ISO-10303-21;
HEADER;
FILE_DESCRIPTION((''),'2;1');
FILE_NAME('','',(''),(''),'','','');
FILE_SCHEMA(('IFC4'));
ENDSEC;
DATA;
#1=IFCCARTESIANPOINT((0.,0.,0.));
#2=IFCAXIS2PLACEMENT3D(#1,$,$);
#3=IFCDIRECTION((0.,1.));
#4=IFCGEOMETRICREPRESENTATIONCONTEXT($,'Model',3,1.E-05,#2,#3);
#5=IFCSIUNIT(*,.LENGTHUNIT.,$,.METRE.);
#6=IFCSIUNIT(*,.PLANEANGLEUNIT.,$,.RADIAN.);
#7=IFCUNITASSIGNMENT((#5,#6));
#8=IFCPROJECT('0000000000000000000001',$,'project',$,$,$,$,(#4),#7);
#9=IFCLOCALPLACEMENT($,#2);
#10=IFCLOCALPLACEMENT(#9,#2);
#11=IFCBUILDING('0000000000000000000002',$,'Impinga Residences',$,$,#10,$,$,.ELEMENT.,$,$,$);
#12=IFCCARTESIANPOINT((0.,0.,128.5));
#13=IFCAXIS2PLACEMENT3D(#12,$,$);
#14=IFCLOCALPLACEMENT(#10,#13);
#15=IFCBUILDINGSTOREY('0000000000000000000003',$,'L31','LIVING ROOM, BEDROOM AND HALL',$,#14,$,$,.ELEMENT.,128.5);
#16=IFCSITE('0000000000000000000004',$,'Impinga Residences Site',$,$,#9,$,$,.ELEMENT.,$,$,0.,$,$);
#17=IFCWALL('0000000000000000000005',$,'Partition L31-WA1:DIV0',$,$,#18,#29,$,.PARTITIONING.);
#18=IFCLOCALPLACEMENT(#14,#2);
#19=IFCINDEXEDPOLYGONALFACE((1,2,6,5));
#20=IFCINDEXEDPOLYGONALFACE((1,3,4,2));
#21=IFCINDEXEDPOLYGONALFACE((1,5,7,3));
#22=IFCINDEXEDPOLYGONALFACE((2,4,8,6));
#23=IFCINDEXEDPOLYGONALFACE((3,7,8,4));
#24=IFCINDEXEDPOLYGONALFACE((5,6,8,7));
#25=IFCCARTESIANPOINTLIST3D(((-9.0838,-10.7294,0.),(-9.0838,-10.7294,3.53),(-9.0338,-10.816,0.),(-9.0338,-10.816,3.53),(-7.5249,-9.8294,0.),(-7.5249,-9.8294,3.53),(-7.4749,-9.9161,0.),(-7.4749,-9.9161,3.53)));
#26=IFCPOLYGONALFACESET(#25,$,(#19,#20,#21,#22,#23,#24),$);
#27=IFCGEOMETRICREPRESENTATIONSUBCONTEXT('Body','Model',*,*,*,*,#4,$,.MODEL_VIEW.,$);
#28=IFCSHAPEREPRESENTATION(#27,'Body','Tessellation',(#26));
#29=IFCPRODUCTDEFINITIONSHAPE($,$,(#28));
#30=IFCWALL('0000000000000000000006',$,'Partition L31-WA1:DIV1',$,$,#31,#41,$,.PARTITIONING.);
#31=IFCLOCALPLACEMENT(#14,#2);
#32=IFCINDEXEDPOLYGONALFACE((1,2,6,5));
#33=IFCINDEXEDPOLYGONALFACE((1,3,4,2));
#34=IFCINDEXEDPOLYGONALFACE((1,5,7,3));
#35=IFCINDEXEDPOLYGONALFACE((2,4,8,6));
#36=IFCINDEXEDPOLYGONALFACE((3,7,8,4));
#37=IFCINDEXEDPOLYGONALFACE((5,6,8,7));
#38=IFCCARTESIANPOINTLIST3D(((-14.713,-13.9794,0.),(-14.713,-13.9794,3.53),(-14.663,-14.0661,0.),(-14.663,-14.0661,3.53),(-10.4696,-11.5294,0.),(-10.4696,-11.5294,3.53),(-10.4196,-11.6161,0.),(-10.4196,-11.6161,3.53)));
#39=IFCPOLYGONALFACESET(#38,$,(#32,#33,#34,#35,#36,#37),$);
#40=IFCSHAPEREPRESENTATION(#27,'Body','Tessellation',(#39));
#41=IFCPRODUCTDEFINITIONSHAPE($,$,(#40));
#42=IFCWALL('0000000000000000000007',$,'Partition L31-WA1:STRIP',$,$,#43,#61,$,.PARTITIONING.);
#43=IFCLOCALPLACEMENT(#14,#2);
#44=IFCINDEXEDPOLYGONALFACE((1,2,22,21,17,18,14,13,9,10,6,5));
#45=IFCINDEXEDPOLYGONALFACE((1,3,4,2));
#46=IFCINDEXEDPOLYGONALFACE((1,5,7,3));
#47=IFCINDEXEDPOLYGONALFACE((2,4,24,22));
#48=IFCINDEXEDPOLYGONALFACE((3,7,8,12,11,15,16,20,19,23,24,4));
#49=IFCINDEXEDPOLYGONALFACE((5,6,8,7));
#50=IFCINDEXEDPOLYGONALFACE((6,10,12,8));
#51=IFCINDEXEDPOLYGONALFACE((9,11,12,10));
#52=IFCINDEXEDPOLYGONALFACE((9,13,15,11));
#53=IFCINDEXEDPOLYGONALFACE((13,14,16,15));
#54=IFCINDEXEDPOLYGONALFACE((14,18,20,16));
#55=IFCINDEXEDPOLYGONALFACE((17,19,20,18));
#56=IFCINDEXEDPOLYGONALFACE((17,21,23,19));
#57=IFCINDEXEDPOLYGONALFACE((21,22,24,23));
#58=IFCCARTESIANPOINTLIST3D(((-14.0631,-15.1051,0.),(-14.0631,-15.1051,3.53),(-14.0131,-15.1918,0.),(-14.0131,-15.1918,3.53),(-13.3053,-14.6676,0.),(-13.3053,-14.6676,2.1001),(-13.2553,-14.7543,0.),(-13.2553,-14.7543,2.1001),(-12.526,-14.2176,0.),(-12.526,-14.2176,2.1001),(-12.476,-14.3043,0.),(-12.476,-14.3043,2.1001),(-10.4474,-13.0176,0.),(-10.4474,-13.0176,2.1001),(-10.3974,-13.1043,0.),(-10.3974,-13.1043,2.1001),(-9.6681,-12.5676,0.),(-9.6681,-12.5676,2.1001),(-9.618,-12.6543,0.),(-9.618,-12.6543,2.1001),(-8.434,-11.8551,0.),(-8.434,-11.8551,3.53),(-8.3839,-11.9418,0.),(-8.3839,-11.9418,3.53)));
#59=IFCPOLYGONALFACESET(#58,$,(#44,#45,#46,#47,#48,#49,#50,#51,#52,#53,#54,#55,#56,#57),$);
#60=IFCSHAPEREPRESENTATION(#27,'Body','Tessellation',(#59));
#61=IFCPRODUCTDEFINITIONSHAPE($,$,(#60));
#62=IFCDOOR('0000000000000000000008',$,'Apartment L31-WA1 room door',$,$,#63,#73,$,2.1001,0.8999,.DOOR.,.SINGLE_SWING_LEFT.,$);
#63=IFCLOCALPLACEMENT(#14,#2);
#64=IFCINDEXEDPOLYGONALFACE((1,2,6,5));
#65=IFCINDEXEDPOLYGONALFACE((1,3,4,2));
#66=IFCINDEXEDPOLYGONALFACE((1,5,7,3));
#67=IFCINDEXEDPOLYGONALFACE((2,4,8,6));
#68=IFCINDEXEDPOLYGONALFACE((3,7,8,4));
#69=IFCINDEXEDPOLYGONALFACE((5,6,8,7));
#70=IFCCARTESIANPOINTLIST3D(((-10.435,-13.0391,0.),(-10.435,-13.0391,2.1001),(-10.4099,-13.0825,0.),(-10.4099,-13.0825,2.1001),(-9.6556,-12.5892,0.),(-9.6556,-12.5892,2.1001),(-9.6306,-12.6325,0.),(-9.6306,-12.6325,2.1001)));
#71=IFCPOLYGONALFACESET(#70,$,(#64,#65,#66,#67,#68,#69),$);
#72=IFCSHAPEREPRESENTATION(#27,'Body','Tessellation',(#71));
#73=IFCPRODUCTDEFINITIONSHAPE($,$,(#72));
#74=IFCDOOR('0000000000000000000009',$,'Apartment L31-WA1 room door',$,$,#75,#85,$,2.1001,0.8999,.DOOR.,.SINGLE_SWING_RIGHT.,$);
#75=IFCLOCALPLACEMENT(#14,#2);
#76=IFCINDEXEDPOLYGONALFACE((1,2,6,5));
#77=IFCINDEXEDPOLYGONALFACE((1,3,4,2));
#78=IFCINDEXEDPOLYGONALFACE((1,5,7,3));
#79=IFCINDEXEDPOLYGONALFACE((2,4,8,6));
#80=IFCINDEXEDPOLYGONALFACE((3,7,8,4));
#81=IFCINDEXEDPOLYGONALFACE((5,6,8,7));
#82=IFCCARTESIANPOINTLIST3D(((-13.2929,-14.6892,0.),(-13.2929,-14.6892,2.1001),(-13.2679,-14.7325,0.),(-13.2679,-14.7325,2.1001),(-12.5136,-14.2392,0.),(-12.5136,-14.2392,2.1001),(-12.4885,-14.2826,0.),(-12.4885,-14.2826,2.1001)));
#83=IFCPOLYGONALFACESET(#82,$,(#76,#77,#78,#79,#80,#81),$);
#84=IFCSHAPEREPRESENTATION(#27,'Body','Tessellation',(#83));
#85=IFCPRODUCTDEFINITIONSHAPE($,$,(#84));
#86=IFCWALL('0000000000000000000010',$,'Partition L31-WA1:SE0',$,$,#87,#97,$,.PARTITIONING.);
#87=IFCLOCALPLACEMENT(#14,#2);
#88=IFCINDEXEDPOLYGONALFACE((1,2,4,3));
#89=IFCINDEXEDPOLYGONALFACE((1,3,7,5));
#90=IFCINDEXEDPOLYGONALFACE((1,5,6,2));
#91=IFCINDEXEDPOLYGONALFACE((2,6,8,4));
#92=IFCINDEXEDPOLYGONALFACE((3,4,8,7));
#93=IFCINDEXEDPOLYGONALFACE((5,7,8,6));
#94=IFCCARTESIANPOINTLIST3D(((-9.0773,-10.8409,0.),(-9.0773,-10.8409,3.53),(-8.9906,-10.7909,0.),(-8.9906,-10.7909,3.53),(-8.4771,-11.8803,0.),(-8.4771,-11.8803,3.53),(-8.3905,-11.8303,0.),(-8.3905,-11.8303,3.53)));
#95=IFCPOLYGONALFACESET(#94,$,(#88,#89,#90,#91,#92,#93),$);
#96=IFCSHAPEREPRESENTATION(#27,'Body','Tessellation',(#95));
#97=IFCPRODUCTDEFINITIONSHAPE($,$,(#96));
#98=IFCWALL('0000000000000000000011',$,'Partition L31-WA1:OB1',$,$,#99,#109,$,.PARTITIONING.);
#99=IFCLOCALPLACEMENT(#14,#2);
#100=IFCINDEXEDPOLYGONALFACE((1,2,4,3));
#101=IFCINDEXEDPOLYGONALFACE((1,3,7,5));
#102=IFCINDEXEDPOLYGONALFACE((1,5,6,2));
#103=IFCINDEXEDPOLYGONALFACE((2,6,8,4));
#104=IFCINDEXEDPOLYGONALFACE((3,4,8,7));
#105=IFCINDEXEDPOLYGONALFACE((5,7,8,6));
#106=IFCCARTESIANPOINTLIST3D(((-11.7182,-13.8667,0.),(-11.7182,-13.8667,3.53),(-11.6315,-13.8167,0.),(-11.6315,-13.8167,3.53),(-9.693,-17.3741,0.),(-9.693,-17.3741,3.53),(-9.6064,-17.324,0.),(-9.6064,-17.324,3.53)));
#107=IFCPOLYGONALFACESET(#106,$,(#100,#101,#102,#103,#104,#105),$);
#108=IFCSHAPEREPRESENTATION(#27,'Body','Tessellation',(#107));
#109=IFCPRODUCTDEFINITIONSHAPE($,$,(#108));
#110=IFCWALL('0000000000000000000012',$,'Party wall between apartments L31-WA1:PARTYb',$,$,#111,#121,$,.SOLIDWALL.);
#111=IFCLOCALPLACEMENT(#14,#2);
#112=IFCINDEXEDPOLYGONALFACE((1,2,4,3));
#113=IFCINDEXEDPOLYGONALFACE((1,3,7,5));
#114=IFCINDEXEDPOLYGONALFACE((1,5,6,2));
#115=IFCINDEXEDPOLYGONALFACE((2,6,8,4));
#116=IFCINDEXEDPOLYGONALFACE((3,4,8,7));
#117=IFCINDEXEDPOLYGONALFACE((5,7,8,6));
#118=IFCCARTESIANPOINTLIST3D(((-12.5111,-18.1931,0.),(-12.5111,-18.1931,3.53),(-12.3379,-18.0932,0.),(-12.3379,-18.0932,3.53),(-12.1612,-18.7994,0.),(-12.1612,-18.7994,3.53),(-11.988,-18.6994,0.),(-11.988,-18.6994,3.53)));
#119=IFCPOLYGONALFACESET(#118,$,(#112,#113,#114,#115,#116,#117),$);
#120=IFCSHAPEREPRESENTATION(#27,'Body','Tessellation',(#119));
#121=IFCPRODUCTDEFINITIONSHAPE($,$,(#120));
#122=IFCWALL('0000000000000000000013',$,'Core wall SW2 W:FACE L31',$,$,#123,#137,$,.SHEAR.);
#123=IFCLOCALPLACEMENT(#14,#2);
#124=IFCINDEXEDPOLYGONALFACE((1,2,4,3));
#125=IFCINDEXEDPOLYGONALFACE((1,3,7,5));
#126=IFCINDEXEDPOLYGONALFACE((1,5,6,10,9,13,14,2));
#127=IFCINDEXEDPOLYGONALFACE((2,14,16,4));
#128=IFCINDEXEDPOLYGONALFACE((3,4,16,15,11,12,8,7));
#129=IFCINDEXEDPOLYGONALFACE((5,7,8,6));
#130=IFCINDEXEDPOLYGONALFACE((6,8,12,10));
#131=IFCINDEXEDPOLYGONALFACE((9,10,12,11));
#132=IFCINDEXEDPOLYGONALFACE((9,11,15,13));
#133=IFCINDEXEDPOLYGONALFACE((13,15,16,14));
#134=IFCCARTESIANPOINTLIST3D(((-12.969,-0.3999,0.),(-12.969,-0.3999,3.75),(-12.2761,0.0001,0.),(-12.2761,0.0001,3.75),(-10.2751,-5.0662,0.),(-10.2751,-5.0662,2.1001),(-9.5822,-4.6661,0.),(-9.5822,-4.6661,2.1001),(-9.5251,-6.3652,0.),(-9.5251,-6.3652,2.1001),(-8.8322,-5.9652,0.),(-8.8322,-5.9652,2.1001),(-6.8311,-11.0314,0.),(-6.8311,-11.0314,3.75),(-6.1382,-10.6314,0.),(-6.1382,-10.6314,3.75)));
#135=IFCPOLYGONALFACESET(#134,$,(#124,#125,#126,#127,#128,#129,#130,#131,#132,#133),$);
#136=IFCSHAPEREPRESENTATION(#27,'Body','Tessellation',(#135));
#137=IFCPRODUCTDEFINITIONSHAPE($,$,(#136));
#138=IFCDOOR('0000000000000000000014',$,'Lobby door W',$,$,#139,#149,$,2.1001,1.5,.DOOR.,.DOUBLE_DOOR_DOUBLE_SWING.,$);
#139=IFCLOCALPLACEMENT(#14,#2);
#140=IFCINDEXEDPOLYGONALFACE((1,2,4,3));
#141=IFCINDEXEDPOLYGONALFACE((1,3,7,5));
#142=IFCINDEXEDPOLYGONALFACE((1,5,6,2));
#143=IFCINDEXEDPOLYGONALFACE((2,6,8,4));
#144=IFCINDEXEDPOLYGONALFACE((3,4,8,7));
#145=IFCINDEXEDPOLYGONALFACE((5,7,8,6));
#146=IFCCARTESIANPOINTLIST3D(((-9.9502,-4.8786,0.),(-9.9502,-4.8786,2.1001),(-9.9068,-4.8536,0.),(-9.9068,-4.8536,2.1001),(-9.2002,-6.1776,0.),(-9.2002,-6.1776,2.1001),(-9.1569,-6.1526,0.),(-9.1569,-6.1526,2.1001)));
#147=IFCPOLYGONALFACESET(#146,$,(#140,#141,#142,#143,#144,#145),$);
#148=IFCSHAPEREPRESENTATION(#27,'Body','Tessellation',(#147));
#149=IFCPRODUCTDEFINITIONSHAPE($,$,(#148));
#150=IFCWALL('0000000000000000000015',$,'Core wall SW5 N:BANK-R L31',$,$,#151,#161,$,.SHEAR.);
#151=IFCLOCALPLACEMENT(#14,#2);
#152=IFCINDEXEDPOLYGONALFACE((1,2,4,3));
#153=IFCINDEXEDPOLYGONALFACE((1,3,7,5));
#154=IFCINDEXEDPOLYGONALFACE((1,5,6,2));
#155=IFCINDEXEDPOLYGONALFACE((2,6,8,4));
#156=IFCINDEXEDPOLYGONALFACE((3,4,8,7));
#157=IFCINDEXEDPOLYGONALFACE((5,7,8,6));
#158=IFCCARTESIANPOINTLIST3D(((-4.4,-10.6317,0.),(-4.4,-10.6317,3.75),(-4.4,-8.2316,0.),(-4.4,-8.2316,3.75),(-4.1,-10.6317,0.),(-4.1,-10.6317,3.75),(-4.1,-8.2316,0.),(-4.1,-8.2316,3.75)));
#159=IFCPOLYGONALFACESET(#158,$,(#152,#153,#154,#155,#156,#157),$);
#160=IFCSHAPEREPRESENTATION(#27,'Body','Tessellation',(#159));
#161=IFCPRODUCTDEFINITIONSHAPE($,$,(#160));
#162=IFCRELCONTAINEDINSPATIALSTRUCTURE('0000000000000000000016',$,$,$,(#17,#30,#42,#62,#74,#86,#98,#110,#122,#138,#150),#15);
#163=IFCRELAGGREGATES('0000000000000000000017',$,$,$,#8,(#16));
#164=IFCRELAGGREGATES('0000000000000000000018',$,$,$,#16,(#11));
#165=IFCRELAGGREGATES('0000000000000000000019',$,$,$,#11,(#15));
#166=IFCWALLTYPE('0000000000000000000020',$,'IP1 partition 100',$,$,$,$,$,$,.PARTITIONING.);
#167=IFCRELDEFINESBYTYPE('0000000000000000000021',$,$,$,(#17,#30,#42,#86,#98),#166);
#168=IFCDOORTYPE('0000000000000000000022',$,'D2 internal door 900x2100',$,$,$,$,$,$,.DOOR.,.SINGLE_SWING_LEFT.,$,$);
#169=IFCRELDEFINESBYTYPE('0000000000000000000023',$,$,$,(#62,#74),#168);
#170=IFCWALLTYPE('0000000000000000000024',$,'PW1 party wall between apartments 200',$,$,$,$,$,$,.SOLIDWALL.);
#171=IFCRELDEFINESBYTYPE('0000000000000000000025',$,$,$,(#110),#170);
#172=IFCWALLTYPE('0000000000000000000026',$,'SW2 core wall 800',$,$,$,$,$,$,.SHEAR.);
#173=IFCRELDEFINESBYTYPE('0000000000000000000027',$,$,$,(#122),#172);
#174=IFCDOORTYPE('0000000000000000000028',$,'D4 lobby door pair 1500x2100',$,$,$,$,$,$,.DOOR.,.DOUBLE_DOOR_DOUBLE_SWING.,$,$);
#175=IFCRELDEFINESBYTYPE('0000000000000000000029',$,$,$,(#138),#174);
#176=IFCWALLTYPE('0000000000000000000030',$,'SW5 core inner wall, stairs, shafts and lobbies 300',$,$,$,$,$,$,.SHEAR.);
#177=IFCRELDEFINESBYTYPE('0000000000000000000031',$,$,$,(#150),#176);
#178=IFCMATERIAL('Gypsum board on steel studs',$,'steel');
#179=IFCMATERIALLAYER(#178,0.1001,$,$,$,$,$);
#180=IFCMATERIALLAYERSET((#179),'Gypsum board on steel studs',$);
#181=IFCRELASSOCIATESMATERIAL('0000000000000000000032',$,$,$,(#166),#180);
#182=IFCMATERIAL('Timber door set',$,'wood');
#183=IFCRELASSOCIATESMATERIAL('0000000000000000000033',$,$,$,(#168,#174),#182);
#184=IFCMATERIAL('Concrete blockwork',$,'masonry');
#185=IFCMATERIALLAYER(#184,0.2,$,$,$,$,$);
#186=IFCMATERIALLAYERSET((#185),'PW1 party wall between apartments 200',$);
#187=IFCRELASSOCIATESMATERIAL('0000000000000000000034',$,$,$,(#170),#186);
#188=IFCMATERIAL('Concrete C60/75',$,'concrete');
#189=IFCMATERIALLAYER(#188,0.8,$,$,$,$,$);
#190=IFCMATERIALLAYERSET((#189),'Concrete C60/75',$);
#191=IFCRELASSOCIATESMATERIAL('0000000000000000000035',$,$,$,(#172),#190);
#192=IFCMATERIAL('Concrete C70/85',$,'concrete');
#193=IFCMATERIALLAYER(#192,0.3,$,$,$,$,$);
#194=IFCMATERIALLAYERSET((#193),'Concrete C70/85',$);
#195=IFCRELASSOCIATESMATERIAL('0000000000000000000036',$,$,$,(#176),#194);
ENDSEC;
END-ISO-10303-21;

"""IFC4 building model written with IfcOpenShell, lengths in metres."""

from ifc_helpers import new_model, si_unit, direction, frame, frame_2d, origin, place, context, subcontext, project, spatial, rectangle, extrude, material, layer, layer_set, type_object, element, fill, save


model = new_model("IFC4")

# Units and contexts
model_context = context("Model", 3, precision=1e-05, world=origin(), true_north=direction((0.0, 1.0)))
body_context = subcontext(model_context, "Body", "Model", "MODEL_VIEW")
ifc_project = project(units=[si_unit("LENGTHUNIT", "METRE"), si_unit("PLANEANGLEUNIT", "RADIAN")], contexts=[model_context])

# Site, building, storey
site_placement = place(None, origin())
site = spatial("IfcSite", under=ifc_project, at=site_placement, Name="Impinga Residences Site", CompositionType="ELEMENT", RefElevation=0.0)
building_placement = place(site_placement, origin())
building = spatial("IfcBuilding", under=site, at=building_placement, Name="Impinga Residences", CompositionType="ELEMENT")
storey_placement = place(building_placement, frame((0.0, 0.0, 128.5)))
storey = spatial("IfcBuildingStorey", under=building, at=storey_placement, Name="L31", Description="LIVING ROOM, BEDROOM AND HALL", CompositionType="ELEMENT", Elevation=128.5)

# Shared definitions
ifc_material_1 = material(Name="Concrete C60/75", Category="concrete")

# Walls
ifc_material_2 = material(Name="Gypsum board on steel studs", Category="steel")
ifc_layer_1 = layer(ifc_material_2, 0.1001)
ifc_layer_set_1 = layer_set([ifc_layer_1], Name="Gypsum board on steel studs")
wall_type_1 = type_object("IfcWallType", Name="IP1 partition 100", PredefinedType="PARTITIONING", material=ifc_layer_set_1)
wall_1_placement = place(storey_placement, frame((-7.5, -9.8728, 0.0), z_axis=(0.0, 0.0, 1.0), x_axis=(-0.866048, -0.499961, 0.0)))
element("IfcWall", 1, at=wall_1_placement, inside=storey, type_object=wall_type_1, Name="Partition L31-WA1:DIV0", PredefinedType="PARTITIONING", context=body_context, shape_type="SweptSolid", body=[
    extrude(rectangle(XDim=1.8, YDim=0.1001, at=frame_2d((0.8999, 0.0))), origin(), (0.0, 0.0, 1.0), 3.53),
])
wall_2_placement = place(storey_placement, frame((-10.4446, -11.5728, 0.0), z_axis=(0.0, 0.0, 1.0), x_axis=(-0.866024, -0.500003, 0.0)))
element("IfcWall", 2, at=wall_2_placement, inside=storey, type_object=wall_type_1, Name="Partition L31-WA1:DIV1", PredefinedType="PARTITIONING", context=body_context, shape_type="SweptSolid", body=[
    extrude(rectangle(XDim=4.8999, YDim=0.1001, at=frame_2d((2.45, 0.0))), origin(), (0.0, 0.0, 1.0), 3.53),
])

# Wall, openings, doors
wall_3_placement = place(storey_placement, frame((-8.4089, -11.8984, 0.0), z_axis=(0.0, 0.0, 1.0), x_axis=(-0.866025, -0.500001, 0.0)))
wall_3 = element("IfcWall", 3, at=wall_3_placement, inside=storey, type_object=wall_type_1, Name="Partition L31-WA1:STRIP", PredefinedType="PARTITIONING", context=body_context, shape_type="SweptSolid", body=[
    extrude(rectangle(XDim=6.5, YDim=0.1001, at=frame_2d((3.25, 0.0))), origin(), (0.0, 0.0, 1.0), 3.53),
])
opening_1_placement = place(wall_3_placement, frame((1.425, 0.0, 0.0)))
opening_1 = element("IfcOpeningElement", 4, at=opening_1_placement, cuts=wall_3, PredefinedType="OPENING", context=body_context, shape_type="SweptSolid", body=[
    extrude(rectangle(XDim=0.8999, YDim=2.1001, at=frame_2d((0.45, 1.05))), frame((0.0, 0.0601, 0.0), z_axis=(0.0, -1.0, 0.0), x_axis=(1.0, 0.0, 0.0)), (0.0, 0.0, 1.0), 0.1201),
])
opening_2_placement = place(wall_3_placement, frame((4.7251, 0.0, 0.0)))
opening_2 = element("IfcOpeningElement", 5, at=opening_2_placement, cuts=wall_3, PredefinedType="OPENING", context=body_context, shape_type="SweptSolid", body=[
    extrude(rectangle(XDim=0.8999, YDim=2.1001, at=frame_2d((0.45, 1.05))), frame((0.0, 0.0601, 0.0), z_axis=(0.0, -1.0, 0.0), x_axis=(1.0, 0.0, 0.0)), (0.0, 0.0, 1.0), 0.1201),
])
ifc_material_3 = material(Name="Timber door set", Category="wood")
door_type_1 = type_object("IfcDoorType", Name="D2 internal door 900x2100", OperationType="SINGLE_SWING_LEFT", PredefinedType="DOOR", material=ifc_material_3)
door_1_placement = place(opening_1_placement, origin())
door_1 = element("IfcDoor", 6, at=door_1_placement, inside=storey, type_object=door_type_1, Name="Apartment L31-WA1 room door", OperationType="SINGLE_SWING_LEFT", OverallHeight=2.1001, OverallWidth=0.8999, PredefinedType="DOOR", context=body_context, shape_type="SweptSolid", body=[
    extrude(rectangle(XDim=0.8999, YDim=2.1001, at=frame_2d((0.45, 1.05))), frame((0.0, 0.0249, 0.0), z_axis=(0.0, -1.0, 0.0), x_axis=(1.0, 0.0, 0.0)), (0.0, 0.0, 1.0), 0.05),
])
fill(opening_1, door_1)
door_2_placement = place(opening_2_placement, origin())
door_2 = element("IfcDoor", 7, at=door_2_placement, inside=storey, type_object=door_type_1, Name="Apartment L31-WA1 room door", OperationType="SINGLE_SWING_RIGHT", OverallHeight=2.1001, OverallWidth=0.8999, PredefinedType="DOOR", context=body_context, shape_type="SweptSolid", body=[
    extrude(rectangle(XDim=0.8999, YDim=2.1001, at=frame_2d((0.45, 1.05))), frame((0.0, 0.0249, 0.0), z_axis=(0.0, -1.0, 0.0), x_axis=(1.0, 0.0, 0.0)), (0.0, 0.0, 1.0), 0.05),
])
fill(opening_2, door_2)

# Walls
wall_4_placement = place(storey_placement, frame((-9.0339, -10.8159, 0.0), z_axis=(0.0, 0.0, 1.0), x_axis=(0.500034, -0.866006, 0.0)))
element("IfcWall", 8, at=wall_4_placement, inside=storey, type_object=wall_type_1, Name="Partition L31-WA1:SE0", PredefinedType="PARTITIONING", context=body_context, shape_type="SweptSolid", body=[
    extrude(rectangle(XDim=1.2002, YDim=0.1001, at=frame_2d((0.6001, 0.0))), origin(), (0.0, 0.0, 1.0), 3.53),
])
wall_5_placement = place(storey_placement, frame((-11.6748, -13.8418, 0.0), z_axis=(0.0, 0.0, 1.0), x_axis=(0.500036, -0.866005, 0.0)))
element("IfcWall", 9, at=wall_5_placement, inside=storey, type_object=wall_type_1, Name="Partition L31-WA1:OB1", PredefinedType="PARTITIONING", context=body_context, shape_type="SweptSolid", body=[
    extrude(rectangle(XDim=4.05, YDim=0.1001, at=frame_2d((2.0249, 0.0))), origin(), (0.0, 0.0, 1.0), 3.53),
])
ifc_material_4 = material(Name="Concrete blockwork", Category="masonry")
ifc_layer_2 = layer(ifc_material_4, 0.2)
ifc_layer_set_2 = layer_set([ifc_layer_2], Name="PW1 party wall between apartments 200")
wall_type_2 = type_object("IfcWallType", Name="PW1 party wall between apartments 200", PredefinedType="SOLIDWALL", material=ifc_layer_set_2)
wall_6_placement = place(storey_placement, frame((-12.4246, -18.1431, 0.0), z_axis=(0.0, 0.0, 1.0), x_axis=(0.499853, -0.86611, 0.0)))
element("IfcWall", 10, at=wall_6_placement, inside=storey, type_object=wall_type_2, Name="Party wall between apartments L31-WA1:PARTYb", PredefinedType="SOLIDWALL", context=body_context, shape_type="SweptSolid", body=[
    extrude(rectangle(XDim=0.7, YDim=0.2, at=frame_2d((0.3501, 0.0))), origin(), (0.0, 0.0, 1.0), 3.53),
])

# Wall, opening, door
ifc_layer_3 = layer(ifc_material_1, 0.8)
ifc_layer_set_3 = layer_set([ifc_layer_3], Name="Concrete C60/75")
wall_type_3 = type_object("IfcWallType", Name="SW2 core wall 800", PredefinedType="SHEAR", material=ifc_layer_set_3)
wall_7_placement = place(storey_placement, frame((-6.4846, -10.8315, 0.0), z_axis=(0.0, 0.0, 1.0), x_axis=(-0.499987, 0.866033, 0.0)))
wall_7 = element("IfcWall", 11, at=wall_7_placement, inside=storey, type_object=wall_type_3, Name="Core wall SW2 W:FACE L31", PredefinedType="SHEAR", context=body_context, shape_type="SweptSolid", body=[
    extrude(rectangle(XDim=12.2761, YDim=0.8, at=frame_2d((6.1382, 0.0))), origin(), (0.0, 0.0, 1.0), 3.75),
])
opening_3_placement = place(wall_7_placement, frame((5.3882, 0.0, 0.0)))
opening_3 = element("IfcOpeningElement", 12, at=opening_3_placement, cuts=wall_7, PredefinedType="OPENING", context=body_context, shape_type="SweptSolid", body=[
    extrude(rectangle(XDim=1.5, YDim=2.1001, at=frame_2d((0.75, 1.05))), frame((0.0, 0.4099, 0.0), z_axis=(0.0, -1.0, 0.0), x_axis=(1.0, 0.0, 0.0)), (0.0, 0.0, 1.0), 0.8201),
])
door_type_2 = type_object("IfcDoorType", Name="D4 lobby door pair 1500x2100", OperationType="DOUBLE_DOOR_DOUBLE_SWING", PredefinedType="DOOR", material=ifc_material_3)
door_3_placement = place(opening_3_placement, origin())
door_3 = element("IfcDoor", 13, at=door_3_placement, inside=storey, type_object=door_type_2, Name="Lobby door W", OperationType="DOUBLE_DOOR_DOUBLE_SWING", OverallHeight=2.1001, OverallWidth=1.5, PredefinedType="DOOR", context=body_context, shape_type="SweptSolid", body=[
    extrude(rectangle(XDim=1.5, YDim=2.1001, at=frame_2d((0.75, 1.05))), frame((0.0, 0.0249, 0.0), z_axis=(0.0, -1.0, 0.0), x_axis=(1.0, 0.0, 0.0)), (0.0, 0.0, 1.0), 0.05),
])
fill(opening_3, door_3)

# Wall
ifc_material_5 = material(Name="Concrete C70/85", Category="concrete")
ifc_layer_4 = layer(ifc_material_5, 0.3)
ifc_layer_set_4 = layer_set([ifc_layer_4], Name="Concrete C70/85")
wall_type_4 = type_object("IfcWallType", Name="SW5 core inner wall, stairs, shafts and lobbies 300", PredefinedType="SHEAR", material=ifc_layer_set_4)
wall_8_placement = place(storey_placement, frame((-4.25, -8.2314, 0.0), z_axis=(0.0, 0.0, 1.0), x_axis=(0.0, -1.0, 0.0)))
element("IfcWall", 14, at=wall_8_placement, inside=storey, type_object=wall_type_4, Name="Core wall SW5 N:BANK-R L31", PredefinedType="SHEAR", context=body_context, shape_type="SweptSolid", body=[
    extrude(rectangle(XDim=2.4001, YDim=0.3, at=frame_2d((1.2002, 0.0))), origin(), (0.0, 0.0, 1.0), 3.75),
])

save(model, "model.ifc")
